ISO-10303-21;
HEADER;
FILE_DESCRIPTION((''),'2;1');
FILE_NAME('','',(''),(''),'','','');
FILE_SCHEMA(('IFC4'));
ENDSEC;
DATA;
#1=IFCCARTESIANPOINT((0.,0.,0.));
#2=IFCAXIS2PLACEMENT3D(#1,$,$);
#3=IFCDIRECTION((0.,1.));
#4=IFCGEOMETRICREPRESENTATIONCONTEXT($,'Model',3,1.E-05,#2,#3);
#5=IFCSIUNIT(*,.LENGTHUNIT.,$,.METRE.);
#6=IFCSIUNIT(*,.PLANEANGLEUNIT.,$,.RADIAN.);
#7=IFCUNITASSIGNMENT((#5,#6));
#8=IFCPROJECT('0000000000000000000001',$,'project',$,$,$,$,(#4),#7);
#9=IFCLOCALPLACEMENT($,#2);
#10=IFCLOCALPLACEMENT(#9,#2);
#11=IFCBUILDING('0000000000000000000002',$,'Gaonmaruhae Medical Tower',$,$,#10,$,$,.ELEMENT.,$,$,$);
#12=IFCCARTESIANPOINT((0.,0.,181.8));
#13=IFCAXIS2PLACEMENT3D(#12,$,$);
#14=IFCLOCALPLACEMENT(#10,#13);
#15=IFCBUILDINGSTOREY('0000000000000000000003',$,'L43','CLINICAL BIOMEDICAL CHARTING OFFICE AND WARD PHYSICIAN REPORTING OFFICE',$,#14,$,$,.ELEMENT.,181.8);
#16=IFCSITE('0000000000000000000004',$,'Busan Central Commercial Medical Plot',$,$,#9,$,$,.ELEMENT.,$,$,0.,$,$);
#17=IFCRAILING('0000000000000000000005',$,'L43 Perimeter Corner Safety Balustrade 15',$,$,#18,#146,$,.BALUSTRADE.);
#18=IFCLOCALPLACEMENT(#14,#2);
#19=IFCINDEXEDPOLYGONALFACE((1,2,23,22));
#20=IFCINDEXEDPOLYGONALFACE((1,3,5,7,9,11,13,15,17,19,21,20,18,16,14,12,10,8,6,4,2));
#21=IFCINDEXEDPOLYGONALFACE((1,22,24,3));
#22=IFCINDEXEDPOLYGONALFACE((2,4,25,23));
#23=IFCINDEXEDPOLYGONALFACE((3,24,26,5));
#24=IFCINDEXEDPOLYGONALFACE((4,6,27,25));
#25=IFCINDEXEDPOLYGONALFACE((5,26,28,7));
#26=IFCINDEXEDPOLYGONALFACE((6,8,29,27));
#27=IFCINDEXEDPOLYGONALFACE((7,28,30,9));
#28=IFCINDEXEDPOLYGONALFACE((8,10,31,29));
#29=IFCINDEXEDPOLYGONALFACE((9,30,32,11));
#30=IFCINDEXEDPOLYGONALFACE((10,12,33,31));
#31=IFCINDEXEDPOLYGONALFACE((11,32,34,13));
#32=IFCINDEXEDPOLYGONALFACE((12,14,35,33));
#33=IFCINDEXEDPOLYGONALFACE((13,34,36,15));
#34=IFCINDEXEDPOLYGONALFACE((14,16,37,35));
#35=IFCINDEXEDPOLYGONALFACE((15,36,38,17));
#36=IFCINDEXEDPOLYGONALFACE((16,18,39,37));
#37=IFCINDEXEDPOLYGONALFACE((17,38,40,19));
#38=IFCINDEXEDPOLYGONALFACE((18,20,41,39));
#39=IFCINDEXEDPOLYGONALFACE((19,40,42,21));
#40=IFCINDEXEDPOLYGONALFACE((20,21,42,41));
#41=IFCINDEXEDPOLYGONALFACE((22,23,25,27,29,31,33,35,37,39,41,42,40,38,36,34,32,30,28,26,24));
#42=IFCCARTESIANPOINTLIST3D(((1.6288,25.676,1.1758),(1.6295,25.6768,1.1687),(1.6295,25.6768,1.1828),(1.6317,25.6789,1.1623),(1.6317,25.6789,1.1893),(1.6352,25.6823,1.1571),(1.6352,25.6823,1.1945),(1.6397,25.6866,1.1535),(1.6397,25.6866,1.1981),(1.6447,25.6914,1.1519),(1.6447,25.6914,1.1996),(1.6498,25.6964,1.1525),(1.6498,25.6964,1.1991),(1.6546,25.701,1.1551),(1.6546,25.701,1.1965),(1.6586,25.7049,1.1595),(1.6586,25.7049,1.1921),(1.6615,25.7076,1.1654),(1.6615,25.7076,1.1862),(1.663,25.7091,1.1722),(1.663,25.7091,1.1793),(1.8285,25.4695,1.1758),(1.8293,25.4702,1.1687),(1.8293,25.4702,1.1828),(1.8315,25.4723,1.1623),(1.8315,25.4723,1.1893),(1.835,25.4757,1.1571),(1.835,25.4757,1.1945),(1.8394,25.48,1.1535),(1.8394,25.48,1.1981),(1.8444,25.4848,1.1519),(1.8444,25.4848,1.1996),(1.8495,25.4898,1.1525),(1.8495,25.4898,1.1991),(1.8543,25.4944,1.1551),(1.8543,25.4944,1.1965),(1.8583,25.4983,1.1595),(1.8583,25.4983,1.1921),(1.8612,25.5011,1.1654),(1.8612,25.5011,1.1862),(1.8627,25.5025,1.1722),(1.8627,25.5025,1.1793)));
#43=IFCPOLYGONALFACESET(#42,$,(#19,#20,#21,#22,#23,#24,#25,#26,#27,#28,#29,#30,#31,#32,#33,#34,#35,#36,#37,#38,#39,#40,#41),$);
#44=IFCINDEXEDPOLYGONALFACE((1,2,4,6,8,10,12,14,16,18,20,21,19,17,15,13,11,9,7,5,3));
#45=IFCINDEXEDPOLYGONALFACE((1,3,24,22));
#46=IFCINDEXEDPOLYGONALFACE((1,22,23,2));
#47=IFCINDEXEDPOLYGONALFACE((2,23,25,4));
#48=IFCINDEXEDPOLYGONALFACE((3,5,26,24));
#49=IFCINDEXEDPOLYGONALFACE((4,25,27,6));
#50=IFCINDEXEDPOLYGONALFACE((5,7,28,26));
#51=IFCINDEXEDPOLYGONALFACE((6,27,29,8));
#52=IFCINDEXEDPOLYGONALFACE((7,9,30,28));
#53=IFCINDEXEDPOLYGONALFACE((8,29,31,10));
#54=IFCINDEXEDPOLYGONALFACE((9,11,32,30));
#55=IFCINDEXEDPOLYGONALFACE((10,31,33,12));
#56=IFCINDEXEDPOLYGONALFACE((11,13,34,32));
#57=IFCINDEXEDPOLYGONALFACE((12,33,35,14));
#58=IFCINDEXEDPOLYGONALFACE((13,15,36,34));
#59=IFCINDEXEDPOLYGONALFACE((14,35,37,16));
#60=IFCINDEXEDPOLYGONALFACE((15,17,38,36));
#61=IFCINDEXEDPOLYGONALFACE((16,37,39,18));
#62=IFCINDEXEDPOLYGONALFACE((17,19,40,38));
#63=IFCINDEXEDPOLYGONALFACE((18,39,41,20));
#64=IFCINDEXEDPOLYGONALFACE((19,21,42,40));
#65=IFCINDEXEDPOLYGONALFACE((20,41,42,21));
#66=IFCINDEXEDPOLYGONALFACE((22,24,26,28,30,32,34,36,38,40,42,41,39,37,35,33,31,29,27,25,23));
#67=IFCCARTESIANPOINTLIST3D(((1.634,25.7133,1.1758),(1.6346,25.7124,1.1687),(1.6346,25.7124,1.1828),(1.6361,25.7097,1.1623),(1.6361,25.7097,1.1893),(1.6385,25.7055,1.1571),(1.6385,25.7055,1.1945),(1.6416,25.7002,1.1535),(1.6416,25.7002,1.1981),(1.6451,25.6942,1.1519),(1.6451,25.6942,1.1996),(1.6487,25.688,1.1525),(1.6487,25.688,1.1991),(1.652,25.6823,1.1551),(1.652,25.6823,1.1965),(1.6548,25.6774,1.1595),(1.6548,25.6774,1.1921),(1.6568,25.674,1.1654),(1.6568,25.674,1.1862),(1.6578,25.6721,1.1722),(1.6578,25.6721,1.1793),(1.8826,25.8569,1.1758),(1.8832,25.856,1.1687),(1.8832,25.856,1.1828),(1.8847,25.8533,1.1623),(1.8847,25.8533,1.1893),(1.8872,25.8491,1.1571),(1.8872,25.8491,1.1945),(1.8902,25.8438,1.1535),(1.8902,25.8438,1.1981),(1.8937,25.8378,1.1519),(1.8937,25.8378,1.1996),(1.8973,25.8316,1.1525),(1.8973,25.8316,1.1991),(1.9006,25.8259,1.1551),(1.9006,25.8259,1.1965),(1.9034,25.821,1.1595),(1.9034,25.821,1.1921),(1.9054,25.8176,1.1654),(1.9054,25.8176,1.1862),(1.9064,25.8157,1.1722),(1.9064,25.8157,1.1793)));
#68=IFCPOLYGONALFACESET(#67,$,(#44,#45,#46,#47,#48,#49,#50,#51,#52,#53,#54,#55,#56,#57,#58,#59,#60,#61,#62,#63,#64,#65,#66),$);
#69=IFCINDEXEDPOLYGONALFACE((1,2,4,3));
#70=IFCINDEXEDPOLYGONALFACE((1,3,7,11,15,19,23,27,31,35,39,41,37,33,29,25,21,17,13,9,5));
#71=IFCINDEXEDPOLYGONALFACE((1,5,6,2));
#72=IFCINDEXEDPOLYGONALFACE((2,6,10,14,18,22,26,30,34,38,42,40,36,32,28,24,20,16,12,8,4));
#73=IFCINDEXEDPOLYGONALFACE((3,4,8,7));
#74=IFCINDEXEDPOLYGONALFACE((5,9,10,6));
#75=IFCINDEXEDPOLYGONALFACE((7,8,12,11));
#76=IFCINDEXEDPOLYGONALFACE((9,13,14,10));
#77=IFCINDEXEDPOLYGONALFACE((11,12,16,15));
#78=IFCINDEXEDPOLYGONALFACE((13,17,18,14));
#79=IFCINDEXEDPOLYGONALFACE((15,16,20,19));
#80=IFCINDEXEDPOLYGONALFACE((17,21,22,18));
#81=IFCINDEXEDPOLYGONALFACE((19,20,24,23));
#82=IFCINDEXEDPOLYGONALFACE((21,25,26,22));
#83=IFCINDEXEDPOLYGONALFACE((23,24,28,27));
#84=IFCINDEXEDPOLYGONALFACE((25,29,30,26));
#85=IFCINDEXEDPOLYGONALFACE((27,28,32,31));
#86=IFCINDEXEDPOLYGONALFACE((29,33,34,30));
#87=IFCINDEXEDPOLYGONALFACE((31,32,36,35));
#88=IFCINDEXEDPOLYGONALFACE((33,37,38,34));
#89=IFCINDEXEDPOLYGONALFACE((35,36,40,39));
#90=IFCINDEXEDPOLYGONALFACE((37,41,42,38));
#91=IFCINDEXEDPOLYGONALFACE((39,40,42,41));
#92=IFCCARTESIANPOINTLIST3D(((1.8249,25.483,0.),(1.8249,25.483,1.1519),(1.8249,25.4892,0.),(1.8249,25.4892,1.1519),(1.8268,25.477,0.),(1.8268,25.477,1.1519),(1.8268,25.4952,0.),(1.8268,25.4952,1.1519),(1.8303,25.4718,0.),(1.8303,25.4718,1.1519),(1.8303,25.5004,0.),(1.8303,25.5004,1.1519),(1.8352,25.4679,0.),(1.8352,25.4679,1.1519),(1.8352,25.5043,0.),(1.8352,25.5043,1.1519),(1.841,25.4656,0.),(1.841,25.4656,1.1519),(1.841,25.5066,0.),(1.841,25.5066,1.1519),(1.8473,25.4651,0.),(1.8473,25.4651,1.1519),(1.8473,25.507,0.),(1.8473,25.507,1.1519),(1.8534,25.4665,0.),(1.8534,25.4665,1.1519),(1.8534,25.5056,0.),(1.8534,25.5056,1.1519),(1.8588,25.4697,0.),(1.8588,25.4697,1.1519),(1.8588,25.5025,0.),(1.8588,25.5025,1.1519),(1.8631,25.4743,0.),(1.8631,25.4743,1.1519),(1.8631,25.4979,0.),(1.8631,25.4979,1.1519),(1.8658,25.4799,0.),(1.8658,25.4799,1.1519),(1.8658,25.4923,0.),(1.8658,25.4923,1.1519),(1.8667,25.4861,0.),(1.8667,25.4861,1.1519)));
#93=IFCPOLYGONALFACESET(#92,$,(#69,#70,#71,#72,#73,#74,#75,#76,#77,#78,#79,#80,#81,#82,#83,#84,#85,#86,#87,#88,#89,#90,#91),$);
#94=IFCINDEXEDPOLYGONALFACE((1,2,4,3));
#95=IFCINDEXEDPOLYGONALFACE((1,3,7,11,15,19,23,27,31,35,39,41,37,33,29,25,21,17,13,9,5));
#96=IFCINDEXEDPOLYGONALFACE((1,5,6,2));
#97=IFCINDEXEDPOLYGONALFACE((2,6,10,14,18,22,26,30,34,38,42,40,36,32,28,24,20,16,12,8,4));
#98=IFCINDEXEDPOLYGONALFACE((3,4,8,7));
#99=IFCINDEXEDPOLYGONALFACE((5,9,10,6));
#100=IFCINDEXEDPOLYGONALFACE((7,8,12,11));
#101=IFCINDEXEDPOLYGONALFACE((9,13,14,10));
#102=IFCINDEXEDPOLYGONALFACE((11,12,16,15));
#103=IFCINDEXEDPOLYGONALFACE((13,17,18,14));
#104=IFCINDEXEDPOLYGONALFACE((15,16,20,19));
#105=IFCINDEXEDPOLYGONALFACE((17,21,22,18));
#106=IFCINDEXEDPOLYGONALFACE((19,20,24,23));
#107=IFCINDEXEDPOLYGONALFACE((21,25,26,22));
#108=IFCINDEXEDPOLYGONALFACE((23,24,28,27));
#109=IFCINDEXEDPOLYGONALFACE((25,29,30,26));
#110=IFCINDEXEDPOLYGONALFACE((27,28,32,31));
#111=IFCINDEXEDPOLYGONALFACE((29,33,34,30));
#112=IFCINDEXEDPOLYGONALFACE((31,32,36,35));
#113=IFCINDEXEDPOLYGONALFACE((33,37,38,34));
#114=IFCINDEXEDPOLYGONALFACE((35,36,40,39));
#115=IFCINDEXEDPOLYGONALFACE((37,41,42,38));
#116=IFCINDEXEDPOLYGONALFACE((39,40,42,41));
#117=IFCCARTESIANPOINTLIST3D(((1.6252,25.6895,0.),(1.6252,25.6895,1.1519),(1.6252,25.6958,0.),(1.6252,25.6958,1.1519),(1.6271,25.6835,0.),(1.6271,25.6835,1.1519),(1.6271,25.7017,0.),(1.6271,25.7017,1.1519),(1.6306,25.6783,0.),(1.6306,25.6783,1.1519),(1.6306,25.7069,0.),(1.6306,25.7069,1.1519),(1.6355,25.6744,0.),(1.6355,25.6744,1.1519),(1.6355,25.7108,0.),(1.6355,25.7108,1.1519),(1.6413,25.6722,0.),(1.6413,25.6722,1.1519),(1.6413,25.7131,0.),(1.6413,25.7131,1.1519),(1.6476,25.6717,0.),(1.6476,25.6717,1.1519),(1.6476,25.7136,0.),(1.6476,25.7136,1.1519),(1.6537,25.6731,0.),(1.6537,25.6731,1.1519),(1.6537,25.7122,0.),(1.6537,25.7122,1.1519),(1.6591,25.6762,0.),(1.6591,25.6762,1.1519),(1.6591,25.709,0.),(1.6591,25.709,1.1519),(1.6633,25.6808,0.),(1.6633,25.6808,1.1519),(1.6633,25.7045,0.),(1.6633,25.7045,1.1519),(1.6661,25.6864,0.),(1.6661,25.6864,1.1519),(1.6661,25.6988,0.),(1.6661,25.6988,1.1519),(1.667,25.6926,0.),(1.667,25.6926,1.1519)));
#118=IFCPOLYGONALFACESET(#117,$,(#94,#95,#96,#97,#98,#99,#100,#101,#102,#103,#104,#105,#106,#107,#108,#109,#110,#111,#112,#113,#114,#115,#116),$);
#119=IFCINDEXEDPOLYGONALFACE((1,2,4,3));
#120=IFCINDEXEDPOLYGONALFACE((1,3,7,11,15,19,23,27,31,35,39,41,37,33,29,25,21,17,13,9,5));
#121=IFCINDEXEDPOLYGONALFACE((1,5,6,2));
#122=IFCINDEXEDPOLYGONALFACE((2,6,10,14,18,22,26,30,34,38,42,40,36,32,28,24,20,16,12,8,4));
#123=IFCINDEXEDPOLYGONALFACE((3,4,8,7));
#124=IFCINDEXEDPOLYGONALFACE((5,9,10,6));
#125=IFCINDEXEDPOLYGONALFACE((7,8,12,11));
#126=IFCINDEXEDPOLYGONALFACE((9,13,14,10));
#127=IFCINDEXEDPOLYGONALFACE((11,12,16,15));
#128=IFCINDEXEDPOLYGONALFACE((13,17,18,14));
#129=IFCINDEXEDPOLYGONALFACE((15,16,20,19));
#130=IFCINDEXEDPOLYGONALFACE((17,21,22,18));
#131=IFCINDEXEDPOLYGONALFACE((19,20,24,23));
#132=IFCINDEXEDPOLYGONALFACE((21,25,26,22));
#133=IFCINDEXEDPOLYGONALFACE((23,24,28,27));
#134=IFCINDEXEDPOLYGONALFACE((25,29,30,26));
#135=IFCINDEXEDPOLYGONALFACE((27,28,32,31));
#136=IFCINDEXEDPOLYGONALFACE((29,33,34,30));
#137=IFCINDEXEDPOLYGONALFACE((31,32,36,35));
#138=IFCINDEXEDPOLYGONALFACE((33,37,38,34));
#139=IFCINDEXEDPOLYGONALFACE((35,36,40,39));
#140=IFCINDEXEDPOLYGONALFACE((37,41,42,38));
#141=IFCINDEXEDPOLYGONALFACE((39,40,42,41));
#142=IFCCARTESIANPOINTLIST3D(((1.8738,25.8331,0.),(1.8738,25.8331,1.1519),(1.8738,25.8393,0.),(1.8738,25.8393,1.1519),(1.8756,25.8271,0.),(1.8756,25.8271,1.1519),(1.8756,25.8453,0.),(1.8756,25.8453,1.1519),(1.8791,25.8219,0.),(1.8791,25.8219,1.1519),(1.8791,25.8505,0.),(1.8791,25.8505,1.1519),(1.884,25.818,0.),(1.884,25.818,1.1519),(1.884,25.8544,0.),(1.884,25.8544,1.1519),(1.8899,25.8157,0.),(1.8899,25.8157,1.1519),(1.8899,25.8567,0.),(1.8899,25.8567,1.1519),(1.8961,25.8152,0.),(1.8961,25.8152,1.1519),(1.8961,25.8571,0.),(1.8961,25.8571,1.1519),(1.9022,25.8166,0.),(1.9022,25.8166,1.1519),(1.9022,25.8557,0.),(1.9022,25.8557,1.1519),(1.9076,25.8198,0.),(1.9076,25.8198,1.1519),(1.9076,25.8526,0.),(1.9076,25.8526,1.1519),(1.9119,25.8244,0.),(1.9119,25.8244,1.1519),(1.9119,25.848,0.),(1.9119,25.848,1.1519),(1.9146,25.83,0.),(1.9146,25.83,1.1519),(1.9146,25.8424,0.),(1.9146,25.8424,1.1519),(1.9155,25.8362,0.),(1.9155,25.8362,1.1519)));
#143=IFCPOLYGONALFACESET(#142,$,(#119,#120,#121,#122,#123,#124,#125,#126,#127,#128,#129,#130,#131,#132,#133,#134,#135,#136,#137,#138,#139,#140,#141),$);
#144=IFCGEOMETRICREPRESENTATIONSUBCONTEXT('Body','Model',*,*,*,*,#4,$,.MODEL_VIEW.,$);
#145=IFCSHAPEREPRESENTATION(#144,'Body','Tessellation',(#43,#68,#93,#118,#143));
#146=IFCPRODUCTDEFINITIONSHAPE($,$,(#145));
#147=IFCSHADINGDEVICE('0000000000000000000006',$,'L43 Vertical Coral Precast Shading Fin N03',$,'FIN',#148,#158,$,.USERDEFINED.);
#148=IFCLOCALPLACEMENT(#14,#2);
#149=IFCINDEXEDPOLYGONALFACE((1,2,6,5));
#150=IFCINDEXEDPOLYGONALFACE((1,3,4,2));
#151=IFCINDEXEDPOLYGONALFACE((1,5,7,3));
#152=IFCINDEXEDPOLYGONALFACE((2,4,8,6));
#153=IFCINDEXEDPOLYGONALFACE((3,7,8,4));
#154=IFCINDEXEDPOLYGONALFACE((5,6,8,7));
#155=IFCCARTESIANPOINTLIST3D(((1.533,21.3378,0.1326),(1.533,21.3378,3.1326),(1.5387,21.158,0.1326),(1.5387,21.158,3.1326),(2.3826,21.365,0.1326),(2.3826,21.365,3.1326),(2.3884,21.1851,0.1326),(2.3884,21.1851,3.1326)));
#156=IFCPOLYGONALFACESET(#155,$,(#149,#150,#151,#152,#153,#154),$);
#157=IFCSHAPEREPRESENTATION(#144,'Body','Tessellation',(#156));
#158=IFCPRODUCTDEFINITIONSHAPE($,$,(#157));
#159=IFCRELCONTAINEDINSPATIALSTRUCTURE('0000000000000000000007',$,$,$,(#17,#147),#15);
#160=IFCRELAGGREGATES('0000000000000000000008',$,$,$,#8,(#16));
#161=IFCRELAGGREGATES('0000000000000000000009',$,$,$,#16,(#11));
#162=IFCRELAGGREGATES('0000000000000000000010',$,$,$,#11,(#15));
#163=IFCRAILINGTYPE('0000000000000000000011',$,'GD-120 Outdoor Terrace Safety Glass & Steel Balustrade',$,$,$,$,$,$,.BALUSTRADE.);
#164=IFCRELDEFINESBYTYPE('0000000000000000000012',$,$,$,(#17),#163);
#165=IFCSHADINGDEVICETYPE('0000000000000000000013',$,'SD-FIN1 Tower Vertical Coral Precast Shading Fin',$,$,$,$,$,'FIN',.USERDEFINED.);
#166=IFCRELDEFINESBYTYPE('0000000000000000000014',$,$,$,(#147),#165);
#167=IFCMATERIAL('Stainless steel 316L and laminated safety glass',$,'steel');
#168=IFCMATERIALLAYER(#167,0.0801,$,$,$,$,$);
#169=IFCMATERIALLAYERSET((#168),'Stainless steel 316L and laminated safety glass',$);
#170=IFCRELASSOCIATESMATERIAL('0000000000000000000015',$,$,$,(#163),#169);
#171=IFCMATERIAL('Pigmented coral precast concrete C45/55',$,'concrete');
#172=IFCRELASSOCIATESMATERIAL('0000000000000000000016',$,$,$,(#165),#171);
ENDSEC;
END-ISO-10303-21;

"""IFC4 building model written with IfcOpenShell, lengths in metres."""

from ifc_helpers import new_model, si_unit, direction, frame, origin, origin_2d, place, context, subcontext, project, spatial, rectangle, circle, extrude, material, layer, layer_set, type_object, element, save


model = new_model("IFC4")

# Units and contexts
model_context = context("Model", 3, precision=1e-05, world=origin(), true_north=direction((0.0, 1.0)))
body_context = subcontext(model_context, "Body", "Model", "MODEL_VIEW")
ifc_project = project(units=[si_unit("LENGTHUNIT", "METRE"), si_unit("PLANEANGLEUNIT", "RADIAN")], contexts=[model_context])

# Site, building, storey
site_placement = place(None, origin())
site = spatial("IfcSite", under=ifc_project, at=site_placement, Name="Busan Central Commercial Medical Plot", CompositionType="ELEMENT", RefElevation=0.0)
building_placement = place(site_placement, origin())
building = spatial("IfcBuilding", under=site, at=building_placement, Name="Gaonmaruhae Medical Tower", CompositionType="ELEMENT")
storey_placement = place(building_placement, frame((0.0, 0.0, 181.8)))
storey = spatial("IfcBuildingStorey", under=building, at=storey_placement, Name="L43", Description="CLINICAL BIOMEDICAL CHARTING OFFICE AND WARD PHYSICIAN REPORTING OFFICE", CompositionType="ELEMENT", Elevation=181.8)

# Railing
ifc_material_1 = material(Name="Stainless steel 316L and laminated safety glass", Category="steel")
ifc_layer_1 = layer(ifc_material_1, 0.0801)
ifc_layer_set_1 = layer_set([ifc_layer_1], Name="Stainless steel 316L and laminated safety glass")
railing_type = type_object("IfcRailingType", Name="GD-120 Outdoor Terrace Safety Glass & Steel Balustrade", PredefinedType="BALUSTRADE", material=ifc_layer_set_1)
railing_1_placement = place(storey_placement, frame((1.8457, 25.4861, 0.0)))
element("IfcRailing", 1, at=railing_1_placement, inside=storey, type_object=railing_type, Name="L43 Perimeter Corner Safety Balustrade 15", PredefinedType="BALUSTRADE", context=body_context, shape_type="SweptSolid", body=[
    extrude(circle(Radius=0.0239, at=origin_2d()), frame((0.0, 0.0, 1.1758), z_axis=(-0.69511, 0.718903, 0.0), x_axis=(-0.718903, -0.69511, 0.0)), (0.0, 0.0, 1.0), 0.2874),
    extrude(circle(Radius=0.0239, at=origin_2d()), frame((-0.1997, 0.2065, 1.1758), z_axis=(0.865931, 0.500164, 0.0), x_axis=(-0.500164, 0.865931, 0.0)), (0.0, 0.0, 1.0), 0.2871),
    extrude(circle(Radius=0.021, at=origin_2d()), origin(), (0.0, 0.0, 1.0), 1.1519),
    extrude(circle(Radius=0.021, at=origin_2d()), frame((-0.1997, 0.2065, 0.0)), (0.0, 0.0, 1.0), 1.1519),
    extrude(circle(Radius=0.021, at=origin_2d()), frame((0.0488, 0.3501, 0.0)), (0.0, 0.0, 1.0), 1.1519),
])

# Shading device
ifc_material_2 = material(Name="Pigmented coral precast concrete C45/55", Category="concrete")
shading_device_type = type_object("IfcShadingDeviceType", Name="SD-FIN1 Tower Vertical Coral Precast Shading Fin", ElementType="FIN", PredefinedType="USERDEFINED", material=ifc_material_2)
shading_device_placement = place(storey_placement, frame((1.9607, 21.2615, 0.1326), z_axis=(0.0, 0.0, 1.0), x_axis=(-0.031969, 0.999489, 0.0)))
element("IfcShadingDevice", 2, at=shading_device_placement, inside=storey, type_object=shading_device_type, Name="L43 Vertical Coral Precast Shading Fin N03", ObjectType="FIN", PredefinedType="USERDEFINED", context=body_context, shape_type="SweptSolid", body=[
    extrude(rectangle(XDim=0.1799, YDim=0.8501, at=origin_2d()), origin(), (0.0, 0.0, 1.0), 3.0),
])

save(model, "model.ifc")
